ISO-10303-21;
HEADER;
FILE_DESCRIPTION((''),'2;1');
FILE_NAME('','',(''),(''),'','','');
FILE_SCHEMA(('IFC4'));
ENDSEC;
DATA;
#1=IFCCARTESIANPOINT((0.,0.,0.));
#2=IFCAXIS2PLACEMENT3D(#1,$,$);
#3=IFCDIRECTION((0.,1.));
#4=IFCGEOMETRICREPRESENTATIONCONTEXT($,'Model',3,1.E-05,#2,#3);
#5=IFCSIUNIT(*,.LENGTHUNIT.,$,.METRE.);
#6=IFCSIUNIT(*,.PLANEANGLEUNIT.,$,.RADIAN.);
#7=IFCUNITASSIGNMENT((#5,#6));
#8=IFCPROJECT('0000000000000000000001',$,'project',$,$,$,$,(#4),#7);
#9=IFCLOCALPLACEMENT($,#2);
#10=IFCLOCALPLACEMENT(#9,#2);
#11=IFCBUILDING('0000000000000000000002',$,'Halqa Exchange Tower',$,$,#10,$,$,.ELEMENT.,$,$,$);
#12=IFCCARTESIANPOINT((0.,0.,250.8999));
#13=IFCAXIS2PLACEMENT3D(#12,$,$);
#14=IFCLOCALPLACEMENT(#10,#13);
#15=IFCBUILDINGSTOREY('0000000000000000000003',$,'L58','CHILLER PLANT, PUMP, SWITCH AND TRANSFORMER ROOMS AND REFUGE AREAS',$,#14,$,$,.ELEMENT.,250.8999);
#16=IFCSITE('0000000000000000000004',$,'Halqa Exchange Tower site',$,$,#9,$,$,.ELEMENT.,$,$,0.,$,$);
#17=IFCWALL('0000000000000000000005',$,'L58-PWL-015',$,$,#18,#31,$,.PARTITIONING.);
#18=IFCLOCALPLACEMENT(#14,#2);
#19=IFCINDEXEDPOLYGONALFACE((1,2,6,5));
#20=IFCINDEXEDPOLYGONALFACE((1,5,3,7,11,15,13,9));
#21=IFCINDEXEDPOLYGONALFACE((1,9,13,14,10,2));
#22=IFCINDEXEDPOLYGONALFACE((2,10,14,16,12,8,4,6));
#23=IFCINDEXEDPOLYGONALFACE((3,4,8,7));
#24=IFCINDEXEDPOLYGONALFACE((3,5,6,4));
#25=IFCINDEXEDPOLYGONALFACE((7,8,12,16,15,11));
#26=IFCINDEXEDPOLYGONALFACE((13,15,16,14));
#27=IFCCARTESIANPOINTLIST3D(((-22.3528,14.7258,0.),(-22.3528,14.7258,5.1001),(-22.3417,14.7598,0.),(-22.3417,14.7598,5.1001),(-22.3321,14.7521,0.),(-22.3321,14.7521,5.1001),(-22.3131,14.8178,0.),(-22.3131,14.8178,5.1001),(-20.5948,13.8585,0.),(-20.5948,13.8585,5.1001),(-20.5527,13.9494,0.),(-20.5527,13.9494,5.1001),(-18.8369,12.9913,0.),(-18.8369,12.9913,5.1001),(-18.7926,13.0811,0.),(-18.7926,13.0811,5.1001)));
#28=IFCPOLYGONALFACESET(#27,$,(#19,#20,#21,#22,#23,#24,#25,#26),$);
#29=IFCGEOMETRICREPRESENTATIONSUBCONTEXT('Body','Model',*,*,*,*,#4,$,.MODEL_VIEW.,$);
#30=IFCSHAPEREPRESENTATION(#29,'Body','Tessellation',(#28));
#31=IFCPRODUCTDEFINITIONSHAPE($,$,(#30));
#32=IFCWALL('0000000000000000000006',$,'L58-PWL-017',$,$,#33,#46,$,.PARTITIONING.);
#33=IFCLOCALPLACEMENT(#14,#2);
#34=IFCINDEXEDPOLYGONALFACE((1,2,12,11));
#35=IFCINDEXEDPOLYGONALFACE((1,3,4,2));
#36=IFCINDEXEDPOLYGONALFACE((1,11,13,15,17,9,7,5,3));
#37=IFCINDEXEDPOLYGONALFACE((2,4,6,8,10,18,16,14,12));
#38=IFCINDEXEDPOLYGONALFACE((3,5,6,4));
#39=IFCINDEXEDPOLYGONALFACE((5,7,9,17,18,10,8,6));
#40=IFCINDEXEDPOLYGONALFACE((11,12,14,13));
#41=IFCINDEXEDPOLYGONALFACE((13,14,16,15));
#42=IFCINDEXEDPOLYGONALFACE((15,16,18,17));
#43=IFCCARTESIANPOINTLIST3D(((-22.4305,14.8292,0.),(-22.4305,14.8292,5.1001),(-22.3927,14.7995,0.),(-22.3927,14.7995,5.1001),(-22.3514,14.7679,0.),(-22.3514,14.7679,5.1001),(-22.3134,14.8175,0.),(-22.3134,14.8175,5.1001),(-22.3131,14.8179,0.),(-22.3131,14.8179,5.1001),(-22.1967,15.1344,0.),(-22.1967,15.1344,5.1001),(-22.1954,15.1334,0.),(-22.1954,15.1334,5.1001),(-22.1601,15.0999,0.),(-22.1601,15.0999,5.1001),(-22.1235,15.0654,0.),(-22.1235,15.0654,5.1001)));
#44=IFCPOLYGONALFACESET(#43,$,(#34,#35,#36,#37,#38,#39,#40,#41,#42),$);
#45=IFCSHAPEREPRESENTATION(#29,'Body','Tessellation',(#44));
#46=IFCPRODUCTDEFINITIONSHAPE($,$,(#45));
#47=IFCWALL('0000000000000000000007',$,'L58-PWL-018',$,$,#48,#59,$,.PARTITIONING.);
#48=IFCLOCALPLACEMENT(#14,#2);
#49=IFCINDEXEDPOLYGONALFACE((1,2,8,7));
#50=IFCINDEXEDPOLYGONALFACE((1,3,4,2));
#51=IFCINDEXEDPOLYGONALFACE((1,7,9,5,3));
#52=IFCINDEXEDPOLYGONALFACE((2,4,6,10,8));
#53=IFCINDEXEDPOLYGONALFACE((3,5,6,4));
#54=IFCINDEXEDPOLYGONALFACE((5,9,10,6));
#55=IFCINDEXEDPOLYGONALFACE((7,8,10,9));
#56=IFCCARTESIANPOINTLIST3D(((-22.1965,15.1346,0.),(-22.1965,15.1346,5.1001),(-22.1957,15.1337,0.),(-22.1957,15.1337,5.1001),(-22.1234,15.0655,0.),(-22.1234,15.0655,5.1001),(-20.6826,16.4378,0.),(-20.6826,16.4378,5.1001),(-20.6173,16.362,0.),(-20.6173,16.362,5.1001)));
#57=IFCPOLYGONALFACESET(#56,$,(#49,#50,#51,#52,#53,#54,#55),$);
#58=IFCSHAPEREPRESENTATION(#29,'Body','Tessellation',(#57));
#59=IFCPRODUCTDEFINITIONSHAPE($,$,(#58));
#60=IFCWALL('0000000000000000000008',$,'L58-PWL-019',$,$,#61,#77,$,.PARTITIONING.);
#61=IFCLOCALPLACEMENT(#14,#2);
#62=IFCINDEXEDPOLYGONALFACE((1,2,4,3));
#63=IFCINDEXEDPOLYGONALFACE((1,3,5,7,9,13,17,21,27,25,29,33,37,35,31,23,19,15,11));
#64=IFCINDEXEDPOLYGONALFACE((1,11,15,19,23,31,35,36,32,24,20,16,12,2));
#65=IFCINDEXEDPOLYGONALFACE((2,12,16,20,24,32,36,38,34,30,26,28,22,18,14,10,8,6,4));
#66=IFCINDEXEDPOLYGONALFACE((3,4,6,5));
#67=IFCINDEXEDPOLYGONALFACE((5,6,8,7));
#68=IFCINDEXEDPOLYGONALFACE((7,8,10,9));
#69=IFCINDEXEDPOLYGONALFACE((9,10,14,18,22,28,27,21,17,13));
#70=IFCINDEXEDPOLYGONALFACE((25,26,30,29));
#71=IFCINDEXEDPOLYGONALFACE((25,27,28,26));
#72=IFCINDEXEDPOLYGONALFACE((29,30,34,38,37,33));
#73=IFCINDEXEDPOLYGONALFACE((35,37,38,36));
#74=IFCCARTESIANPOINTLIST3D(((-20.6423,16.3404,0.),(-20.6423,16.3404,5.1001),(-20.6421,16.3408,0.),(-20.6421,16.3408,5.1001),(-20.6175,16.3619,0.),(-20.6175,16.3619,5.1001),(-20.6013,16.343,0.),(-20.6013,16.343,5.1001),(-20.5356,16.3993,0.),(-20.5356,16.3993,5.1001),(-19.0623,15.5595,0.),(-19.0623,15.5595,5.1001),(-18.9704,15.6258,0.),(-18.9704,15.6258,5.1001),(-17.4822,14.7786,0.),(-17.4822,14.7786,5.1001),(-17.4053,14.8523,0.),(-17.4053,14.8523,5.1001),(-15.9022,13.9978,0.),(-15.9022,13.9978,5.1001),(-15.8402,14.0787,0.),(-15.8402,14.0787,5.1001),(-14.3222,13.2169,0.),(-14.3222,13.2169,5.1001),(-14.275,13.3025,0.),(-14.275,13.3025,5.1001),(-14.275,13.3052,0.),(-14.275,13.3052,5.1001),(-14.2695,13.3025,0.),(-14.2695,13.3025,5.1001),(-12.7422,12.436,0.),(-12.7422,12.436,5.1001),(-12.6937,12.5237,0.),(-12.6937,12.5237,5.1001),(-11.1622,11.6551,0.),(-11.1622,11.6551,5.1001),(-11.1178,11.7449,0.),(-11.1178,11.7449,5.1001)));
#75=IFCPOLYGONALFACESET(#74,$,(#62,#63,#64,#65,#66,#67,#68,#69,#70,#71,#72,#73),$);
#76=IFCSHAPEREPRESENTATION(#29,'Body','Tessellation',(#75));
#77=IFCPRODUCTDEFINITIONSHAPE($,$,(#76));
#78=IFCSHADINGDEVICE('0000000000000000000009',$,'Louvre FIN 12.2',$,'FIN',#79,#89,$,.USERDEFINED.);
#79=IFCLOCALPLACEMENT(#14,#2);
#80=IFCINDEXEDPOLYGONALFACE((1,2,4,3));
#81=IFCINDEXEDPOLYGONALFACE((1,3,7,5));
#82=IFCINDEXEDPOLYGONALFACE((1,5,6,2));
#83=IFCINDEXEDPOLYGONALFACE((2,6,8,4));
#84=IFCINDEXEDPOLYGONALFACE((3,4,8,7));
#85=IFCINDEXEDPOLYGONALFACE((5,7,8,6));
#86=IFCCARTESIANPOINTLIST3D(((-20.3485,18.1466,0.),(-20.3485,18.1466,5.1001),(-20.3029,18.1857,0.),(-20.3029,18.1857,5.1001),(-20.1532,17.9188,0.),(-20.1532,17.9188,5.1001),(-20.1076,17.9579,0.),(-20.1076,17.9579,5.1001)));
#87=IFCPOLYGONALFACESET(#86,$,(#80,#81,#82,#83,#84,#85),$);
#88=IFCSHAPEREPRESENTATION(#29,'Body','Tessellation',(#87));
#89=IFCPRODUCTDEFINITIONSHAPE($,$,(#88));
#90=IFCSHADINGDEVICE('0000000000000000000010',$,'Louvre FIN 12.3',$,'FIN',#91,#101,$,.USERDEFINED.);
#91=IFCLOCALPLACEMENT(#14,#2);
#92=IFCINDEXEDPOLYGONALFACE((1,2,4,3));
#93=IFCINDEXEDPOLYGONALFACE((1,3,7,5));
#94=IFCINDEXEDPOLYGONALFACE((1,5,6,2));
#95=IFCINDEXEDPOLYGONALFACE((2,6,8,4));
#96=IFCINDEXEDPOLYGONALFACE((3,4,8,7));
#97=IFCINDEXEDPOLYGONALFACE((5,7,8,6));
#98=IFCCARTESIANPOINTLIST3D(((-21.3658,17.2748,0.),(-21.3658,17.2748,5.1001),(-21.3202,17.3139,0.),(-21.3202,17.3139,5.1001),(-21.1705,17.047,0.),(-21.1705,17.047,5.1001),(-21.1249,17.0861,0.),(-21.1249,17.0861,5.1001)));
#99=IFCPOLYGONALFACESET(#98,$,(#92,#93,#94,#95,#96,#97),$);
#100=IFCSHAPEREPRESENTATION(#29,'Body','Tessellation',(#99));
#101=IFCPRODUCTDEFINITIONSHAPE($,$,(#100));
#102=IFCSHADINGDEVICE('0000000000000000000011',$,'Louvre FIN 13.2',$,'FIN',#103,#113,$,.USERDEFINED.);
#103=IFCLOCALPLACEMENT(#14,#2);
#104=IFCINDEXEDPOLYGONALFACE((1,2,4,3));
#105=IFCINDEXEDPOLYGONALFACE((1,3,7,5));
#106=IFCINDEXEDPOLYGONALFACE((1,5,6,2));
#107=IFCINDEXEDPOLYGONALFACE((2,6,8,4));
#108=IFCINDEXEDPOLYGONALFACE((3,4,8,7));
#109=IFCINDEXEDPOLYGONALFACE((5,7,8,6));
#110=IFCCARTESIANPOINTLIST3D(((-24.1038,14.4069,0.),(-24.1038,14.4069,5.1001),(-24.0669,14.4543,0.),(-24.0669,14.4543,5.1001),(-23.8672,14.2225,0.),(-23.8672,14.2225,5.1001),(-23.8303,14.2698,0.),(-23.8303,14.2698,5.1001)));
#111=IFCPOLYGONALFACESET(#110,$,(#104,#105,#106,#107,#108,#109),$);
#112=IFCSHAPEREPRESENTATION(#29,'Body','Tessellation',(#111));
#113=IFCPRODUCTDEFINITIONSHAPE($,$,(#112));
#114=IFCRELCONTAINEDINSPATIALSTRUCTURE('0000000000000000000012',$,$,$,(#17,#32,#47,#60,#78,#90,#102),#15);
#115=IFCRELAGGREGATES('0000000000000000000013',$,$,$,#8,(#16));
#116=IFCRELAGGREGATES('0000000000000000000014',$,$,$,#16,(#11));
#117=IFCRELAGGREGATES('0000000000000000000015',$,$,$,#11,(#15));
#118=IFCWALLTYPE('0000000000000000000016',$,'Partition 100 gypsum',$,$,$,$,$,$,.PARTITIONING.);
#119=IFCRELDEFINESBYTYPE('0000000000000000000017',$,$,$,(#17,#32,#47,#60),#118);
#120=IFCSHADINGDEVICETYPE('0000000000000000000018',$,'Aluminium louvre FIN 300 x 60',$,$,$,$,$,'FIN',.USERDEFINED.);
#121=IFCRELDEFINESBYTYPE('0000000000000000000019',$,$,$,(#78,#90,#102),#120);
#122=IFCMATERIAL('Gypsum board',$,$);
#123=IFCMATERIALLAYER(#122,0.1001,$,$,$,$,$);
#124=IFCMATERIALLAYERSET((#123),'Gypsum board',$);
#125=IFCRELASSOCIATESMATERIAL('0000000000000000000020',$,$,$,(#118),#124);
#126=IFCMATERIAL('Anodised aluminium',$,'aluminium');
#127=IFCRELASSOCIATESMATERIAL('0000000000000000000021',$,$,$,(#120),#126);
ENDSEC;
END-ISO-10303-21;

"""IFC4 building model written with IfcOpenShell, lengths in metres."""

from ifc_helpers import new_model, si_unit, direction, frame, origin, origin_2d, place, context, subcontext, project, spatial, polyline, rectangle, outline, extrude, material, layer, layer_set, material_profile, profile_set, type_object, element, save


model = new_model("IFC4")

# Units and contexts
model_context = context("Model", 3, precision=1e-05, world=origin(), true_north=direction((0.0, 1.0)))
body_context = subcontext(model_context, "Body", "Model", "MODEL_VIEW")
ifc_project = project(units=[si_unit("LENGTHUNIT", "METRE"), si_unit("PLANEANGLEUNIT", "RADIAN")], contexts=[model_context])

# Site, building, storey
site_placement = place(None, origin())
site = spatial("IfcSite", under=ifc_project, at=site_placement, Name="Halqa Exchange Tower site", CompositionType="ELEMENT", RefElevation=0.0)
building_placement = place(site_placement, origin())
building = spatial("IfcBuilding", under=site, at=building_placement, Name="Halqa Exchange Tower", CompositionType="ELEMENT")
storey_placement = place(building_placement, frame((0.0, 0.0, 250.8999)))
storey = spatial("IfcBuildingStorey", under=building, at=storey_placement, Name="L58", Description="CHILLER PLANT, PUMP, SWITCH AND TRANSFORMER ROOMS AND REFUGE AREAS", CompositionType="ELEMENT", Elevation=250.8999)

# Walls
ifc_material_1 = material(Name="Gypsum board")
ifc_layer_1 = layer(ifc_material_1, 0.1001)
ifc_layer_set_1 = layer_set([ifc_layer_1], Name="Gypsum board")
wall_type_1 = type_object("IfcWallType", Name="Partition 100 gypsum", PredefinedType="PARTITIONING", material=ifc_layer_set_1)
wall_1_placement = place(storey_placement, frame((-22.3352, 14.7729, 0.0), z_axis=(0.0, 0.0, 1.0), x_axis=(0.896803, -0.442431, 0.0)))
element("IfcWall", 1, at=wall_1_placement, inside=storey, type_object=wall_type_1, Name="L58-PWL-015", PredefinedType="PARTITIONING", context=body_context, shape_type="SweptSolid", body=[
    extrude(outline(polyline([(0.0, 0.05), (0.0, -0.0146), (0.012, -0.0173), (0.0051, -0.05), (1.9653, -0.05), (3.9255, -0.05), (3.9255, 0.05), (1.9629, 0.05), (0.0, 0.05)])), origin(), (0.0, 0.0, 1.0), 5.1001),
])
wall_2_placement = place(storey_placement, frame((-22.157, 15.104, 0.0), z_axis=(0.0, 0.0, 1.0), x_axis=(-0.608085, -0.793872, 0.0)))
element("IfcWall", 2, at=wall_2_placement, inside=storey, type_object=wall_type_1, Name="L58-PWL-017", PredefinedType="PARTITIONING", context=body_context, shape_type="SweptSolid", body=[
    extrude(outline(polyline([(0.0, -0.05), (0.3845, -0.05), (0.385, -0.002), (0.385, 0.05), (0.3225, 0.05), (0.322, 0.05), (0.322, 0.05), (0.0103, 0.05), (0.0103, 0.05), (0.0103, 0.05), (0.0051, 0.0), (0.0, -0.0483), (0.0, -0.05)])), origin(), (0.0, 0.0, 1.0), 5.1001),
])
wall_3_placement = place(storey_placement, frame((-20.6499, 16.3999, 0.0), z_axis=(0.0, 0.0, 1.0), x_axis=(-0.757875, -0.6524, 0.0)))
element("IfcWall", 3, at=wall_3_placement, inside=storey, type_object=wall_type_1, Name="L58-PWL-018", PredefinedType="PARTITIONING", context=body_context, shape_type="SweptSolid", body=[
    extrude(outline(polyline([(1.9976, -0.05), (1.9976, -0.0488), (1.9873, 0.05), (0.0, 0.05), (0.0, -0.05), (1.9976, -0.05)])), origin(), (0.0, 0.0, 1.0), 5.1001),
])
wall_4_placement = place(storey_placement, frame((-20.6201, 16.3853, 0.0), z_axis=(0.0, 0.0, 1.0), x_axis=(0.896491, -0.443062, 0.0)))
element("IfcWall", 4, at=wall_4_placement, inside=storey, type_object=wall_type_1, Name="L58-PWL-019", PredefinedType="PARTITIONING", context=body_context, shape_type="SweptSolid", body=[
    extrude(outline(polyline([(10.5747, 0.05), (8.8169, 0.05), (7.0591, 0.05), (7.0542, 0.0476), (7.053, 0.05), (5.3071, 0.05), (3.5613, 0.05), (1.8154, 0.05), (0.0696, 0.05), (0.0356, -0.0295), (0.0127, -0.0198), (0.0, -0.0496), (0.0, -0.05), (1.7625, -0.05), (3.5249, -0.05), (5.2874, -0.05), (7.0498, -0.05), (8.8123, -0.05), (10.5747, -0.05), (10.5747, 0.05)])), origin(), (0.0, 0.0, 1.0), 5.1001),
])

# Shading devices
ifc_material_2 = material(Name="Anodised aluminium", Category="aluminium")
ifc_material_profile_1 = material_profile(ifc_material_2, rectangle(XDim=0.3, YDim=0.0601, at=origin_2d()), Name="AL FIN 300x60")
ifc_profile_set_1 = profile_set([ifc_material_profile_1], Name="Anodised aluminium")
shading_device_type = type_object("IfcShadingDeviceType", Name="Aluminium louvre FIN 300 x 60", ElementType="FIN", PredefinedType="USERDEFINED", material=ifc_profile_set_1)
for number, where, z_axis, x_axis, name in (
    (5, (-20.228, 18.0522, 0.0), (0.0, 0.0, 1.0), (0.650795, -0.759253, 0.0), "Louvre FIN 12.2"),
    (6, (-21.2454, 17.1804, 0.0), (0.0, 0.0, 1.0), (0.650795, -0.759253, 0.0), "Louvre FIN 12.3"),
    (7, (-23.967, 14.3384, 0.0), (0.0, 0.0, 1.0), (0.78867, -0.614817, 0.0), "Louvre FIN 13.2"),
):
    element("IfcShadingDevice", number, at=place(storey_placement, frame(where, z_axis=z_axis, x_axis=x_axis)), inside=storey, type_object=shading_device_type, Name=name, ObjectType="FIN", PredefinedType="USERDEFINED", context=body_context, shape_type="SweptSolid", body=[
        extrude(rectangle(XDim=0.3, YDim=0.0601, at=origin_2d()), origin(), (0.0, 0.0, 1.0), 5.1001),
    ])

save(model, "model.ifc")
